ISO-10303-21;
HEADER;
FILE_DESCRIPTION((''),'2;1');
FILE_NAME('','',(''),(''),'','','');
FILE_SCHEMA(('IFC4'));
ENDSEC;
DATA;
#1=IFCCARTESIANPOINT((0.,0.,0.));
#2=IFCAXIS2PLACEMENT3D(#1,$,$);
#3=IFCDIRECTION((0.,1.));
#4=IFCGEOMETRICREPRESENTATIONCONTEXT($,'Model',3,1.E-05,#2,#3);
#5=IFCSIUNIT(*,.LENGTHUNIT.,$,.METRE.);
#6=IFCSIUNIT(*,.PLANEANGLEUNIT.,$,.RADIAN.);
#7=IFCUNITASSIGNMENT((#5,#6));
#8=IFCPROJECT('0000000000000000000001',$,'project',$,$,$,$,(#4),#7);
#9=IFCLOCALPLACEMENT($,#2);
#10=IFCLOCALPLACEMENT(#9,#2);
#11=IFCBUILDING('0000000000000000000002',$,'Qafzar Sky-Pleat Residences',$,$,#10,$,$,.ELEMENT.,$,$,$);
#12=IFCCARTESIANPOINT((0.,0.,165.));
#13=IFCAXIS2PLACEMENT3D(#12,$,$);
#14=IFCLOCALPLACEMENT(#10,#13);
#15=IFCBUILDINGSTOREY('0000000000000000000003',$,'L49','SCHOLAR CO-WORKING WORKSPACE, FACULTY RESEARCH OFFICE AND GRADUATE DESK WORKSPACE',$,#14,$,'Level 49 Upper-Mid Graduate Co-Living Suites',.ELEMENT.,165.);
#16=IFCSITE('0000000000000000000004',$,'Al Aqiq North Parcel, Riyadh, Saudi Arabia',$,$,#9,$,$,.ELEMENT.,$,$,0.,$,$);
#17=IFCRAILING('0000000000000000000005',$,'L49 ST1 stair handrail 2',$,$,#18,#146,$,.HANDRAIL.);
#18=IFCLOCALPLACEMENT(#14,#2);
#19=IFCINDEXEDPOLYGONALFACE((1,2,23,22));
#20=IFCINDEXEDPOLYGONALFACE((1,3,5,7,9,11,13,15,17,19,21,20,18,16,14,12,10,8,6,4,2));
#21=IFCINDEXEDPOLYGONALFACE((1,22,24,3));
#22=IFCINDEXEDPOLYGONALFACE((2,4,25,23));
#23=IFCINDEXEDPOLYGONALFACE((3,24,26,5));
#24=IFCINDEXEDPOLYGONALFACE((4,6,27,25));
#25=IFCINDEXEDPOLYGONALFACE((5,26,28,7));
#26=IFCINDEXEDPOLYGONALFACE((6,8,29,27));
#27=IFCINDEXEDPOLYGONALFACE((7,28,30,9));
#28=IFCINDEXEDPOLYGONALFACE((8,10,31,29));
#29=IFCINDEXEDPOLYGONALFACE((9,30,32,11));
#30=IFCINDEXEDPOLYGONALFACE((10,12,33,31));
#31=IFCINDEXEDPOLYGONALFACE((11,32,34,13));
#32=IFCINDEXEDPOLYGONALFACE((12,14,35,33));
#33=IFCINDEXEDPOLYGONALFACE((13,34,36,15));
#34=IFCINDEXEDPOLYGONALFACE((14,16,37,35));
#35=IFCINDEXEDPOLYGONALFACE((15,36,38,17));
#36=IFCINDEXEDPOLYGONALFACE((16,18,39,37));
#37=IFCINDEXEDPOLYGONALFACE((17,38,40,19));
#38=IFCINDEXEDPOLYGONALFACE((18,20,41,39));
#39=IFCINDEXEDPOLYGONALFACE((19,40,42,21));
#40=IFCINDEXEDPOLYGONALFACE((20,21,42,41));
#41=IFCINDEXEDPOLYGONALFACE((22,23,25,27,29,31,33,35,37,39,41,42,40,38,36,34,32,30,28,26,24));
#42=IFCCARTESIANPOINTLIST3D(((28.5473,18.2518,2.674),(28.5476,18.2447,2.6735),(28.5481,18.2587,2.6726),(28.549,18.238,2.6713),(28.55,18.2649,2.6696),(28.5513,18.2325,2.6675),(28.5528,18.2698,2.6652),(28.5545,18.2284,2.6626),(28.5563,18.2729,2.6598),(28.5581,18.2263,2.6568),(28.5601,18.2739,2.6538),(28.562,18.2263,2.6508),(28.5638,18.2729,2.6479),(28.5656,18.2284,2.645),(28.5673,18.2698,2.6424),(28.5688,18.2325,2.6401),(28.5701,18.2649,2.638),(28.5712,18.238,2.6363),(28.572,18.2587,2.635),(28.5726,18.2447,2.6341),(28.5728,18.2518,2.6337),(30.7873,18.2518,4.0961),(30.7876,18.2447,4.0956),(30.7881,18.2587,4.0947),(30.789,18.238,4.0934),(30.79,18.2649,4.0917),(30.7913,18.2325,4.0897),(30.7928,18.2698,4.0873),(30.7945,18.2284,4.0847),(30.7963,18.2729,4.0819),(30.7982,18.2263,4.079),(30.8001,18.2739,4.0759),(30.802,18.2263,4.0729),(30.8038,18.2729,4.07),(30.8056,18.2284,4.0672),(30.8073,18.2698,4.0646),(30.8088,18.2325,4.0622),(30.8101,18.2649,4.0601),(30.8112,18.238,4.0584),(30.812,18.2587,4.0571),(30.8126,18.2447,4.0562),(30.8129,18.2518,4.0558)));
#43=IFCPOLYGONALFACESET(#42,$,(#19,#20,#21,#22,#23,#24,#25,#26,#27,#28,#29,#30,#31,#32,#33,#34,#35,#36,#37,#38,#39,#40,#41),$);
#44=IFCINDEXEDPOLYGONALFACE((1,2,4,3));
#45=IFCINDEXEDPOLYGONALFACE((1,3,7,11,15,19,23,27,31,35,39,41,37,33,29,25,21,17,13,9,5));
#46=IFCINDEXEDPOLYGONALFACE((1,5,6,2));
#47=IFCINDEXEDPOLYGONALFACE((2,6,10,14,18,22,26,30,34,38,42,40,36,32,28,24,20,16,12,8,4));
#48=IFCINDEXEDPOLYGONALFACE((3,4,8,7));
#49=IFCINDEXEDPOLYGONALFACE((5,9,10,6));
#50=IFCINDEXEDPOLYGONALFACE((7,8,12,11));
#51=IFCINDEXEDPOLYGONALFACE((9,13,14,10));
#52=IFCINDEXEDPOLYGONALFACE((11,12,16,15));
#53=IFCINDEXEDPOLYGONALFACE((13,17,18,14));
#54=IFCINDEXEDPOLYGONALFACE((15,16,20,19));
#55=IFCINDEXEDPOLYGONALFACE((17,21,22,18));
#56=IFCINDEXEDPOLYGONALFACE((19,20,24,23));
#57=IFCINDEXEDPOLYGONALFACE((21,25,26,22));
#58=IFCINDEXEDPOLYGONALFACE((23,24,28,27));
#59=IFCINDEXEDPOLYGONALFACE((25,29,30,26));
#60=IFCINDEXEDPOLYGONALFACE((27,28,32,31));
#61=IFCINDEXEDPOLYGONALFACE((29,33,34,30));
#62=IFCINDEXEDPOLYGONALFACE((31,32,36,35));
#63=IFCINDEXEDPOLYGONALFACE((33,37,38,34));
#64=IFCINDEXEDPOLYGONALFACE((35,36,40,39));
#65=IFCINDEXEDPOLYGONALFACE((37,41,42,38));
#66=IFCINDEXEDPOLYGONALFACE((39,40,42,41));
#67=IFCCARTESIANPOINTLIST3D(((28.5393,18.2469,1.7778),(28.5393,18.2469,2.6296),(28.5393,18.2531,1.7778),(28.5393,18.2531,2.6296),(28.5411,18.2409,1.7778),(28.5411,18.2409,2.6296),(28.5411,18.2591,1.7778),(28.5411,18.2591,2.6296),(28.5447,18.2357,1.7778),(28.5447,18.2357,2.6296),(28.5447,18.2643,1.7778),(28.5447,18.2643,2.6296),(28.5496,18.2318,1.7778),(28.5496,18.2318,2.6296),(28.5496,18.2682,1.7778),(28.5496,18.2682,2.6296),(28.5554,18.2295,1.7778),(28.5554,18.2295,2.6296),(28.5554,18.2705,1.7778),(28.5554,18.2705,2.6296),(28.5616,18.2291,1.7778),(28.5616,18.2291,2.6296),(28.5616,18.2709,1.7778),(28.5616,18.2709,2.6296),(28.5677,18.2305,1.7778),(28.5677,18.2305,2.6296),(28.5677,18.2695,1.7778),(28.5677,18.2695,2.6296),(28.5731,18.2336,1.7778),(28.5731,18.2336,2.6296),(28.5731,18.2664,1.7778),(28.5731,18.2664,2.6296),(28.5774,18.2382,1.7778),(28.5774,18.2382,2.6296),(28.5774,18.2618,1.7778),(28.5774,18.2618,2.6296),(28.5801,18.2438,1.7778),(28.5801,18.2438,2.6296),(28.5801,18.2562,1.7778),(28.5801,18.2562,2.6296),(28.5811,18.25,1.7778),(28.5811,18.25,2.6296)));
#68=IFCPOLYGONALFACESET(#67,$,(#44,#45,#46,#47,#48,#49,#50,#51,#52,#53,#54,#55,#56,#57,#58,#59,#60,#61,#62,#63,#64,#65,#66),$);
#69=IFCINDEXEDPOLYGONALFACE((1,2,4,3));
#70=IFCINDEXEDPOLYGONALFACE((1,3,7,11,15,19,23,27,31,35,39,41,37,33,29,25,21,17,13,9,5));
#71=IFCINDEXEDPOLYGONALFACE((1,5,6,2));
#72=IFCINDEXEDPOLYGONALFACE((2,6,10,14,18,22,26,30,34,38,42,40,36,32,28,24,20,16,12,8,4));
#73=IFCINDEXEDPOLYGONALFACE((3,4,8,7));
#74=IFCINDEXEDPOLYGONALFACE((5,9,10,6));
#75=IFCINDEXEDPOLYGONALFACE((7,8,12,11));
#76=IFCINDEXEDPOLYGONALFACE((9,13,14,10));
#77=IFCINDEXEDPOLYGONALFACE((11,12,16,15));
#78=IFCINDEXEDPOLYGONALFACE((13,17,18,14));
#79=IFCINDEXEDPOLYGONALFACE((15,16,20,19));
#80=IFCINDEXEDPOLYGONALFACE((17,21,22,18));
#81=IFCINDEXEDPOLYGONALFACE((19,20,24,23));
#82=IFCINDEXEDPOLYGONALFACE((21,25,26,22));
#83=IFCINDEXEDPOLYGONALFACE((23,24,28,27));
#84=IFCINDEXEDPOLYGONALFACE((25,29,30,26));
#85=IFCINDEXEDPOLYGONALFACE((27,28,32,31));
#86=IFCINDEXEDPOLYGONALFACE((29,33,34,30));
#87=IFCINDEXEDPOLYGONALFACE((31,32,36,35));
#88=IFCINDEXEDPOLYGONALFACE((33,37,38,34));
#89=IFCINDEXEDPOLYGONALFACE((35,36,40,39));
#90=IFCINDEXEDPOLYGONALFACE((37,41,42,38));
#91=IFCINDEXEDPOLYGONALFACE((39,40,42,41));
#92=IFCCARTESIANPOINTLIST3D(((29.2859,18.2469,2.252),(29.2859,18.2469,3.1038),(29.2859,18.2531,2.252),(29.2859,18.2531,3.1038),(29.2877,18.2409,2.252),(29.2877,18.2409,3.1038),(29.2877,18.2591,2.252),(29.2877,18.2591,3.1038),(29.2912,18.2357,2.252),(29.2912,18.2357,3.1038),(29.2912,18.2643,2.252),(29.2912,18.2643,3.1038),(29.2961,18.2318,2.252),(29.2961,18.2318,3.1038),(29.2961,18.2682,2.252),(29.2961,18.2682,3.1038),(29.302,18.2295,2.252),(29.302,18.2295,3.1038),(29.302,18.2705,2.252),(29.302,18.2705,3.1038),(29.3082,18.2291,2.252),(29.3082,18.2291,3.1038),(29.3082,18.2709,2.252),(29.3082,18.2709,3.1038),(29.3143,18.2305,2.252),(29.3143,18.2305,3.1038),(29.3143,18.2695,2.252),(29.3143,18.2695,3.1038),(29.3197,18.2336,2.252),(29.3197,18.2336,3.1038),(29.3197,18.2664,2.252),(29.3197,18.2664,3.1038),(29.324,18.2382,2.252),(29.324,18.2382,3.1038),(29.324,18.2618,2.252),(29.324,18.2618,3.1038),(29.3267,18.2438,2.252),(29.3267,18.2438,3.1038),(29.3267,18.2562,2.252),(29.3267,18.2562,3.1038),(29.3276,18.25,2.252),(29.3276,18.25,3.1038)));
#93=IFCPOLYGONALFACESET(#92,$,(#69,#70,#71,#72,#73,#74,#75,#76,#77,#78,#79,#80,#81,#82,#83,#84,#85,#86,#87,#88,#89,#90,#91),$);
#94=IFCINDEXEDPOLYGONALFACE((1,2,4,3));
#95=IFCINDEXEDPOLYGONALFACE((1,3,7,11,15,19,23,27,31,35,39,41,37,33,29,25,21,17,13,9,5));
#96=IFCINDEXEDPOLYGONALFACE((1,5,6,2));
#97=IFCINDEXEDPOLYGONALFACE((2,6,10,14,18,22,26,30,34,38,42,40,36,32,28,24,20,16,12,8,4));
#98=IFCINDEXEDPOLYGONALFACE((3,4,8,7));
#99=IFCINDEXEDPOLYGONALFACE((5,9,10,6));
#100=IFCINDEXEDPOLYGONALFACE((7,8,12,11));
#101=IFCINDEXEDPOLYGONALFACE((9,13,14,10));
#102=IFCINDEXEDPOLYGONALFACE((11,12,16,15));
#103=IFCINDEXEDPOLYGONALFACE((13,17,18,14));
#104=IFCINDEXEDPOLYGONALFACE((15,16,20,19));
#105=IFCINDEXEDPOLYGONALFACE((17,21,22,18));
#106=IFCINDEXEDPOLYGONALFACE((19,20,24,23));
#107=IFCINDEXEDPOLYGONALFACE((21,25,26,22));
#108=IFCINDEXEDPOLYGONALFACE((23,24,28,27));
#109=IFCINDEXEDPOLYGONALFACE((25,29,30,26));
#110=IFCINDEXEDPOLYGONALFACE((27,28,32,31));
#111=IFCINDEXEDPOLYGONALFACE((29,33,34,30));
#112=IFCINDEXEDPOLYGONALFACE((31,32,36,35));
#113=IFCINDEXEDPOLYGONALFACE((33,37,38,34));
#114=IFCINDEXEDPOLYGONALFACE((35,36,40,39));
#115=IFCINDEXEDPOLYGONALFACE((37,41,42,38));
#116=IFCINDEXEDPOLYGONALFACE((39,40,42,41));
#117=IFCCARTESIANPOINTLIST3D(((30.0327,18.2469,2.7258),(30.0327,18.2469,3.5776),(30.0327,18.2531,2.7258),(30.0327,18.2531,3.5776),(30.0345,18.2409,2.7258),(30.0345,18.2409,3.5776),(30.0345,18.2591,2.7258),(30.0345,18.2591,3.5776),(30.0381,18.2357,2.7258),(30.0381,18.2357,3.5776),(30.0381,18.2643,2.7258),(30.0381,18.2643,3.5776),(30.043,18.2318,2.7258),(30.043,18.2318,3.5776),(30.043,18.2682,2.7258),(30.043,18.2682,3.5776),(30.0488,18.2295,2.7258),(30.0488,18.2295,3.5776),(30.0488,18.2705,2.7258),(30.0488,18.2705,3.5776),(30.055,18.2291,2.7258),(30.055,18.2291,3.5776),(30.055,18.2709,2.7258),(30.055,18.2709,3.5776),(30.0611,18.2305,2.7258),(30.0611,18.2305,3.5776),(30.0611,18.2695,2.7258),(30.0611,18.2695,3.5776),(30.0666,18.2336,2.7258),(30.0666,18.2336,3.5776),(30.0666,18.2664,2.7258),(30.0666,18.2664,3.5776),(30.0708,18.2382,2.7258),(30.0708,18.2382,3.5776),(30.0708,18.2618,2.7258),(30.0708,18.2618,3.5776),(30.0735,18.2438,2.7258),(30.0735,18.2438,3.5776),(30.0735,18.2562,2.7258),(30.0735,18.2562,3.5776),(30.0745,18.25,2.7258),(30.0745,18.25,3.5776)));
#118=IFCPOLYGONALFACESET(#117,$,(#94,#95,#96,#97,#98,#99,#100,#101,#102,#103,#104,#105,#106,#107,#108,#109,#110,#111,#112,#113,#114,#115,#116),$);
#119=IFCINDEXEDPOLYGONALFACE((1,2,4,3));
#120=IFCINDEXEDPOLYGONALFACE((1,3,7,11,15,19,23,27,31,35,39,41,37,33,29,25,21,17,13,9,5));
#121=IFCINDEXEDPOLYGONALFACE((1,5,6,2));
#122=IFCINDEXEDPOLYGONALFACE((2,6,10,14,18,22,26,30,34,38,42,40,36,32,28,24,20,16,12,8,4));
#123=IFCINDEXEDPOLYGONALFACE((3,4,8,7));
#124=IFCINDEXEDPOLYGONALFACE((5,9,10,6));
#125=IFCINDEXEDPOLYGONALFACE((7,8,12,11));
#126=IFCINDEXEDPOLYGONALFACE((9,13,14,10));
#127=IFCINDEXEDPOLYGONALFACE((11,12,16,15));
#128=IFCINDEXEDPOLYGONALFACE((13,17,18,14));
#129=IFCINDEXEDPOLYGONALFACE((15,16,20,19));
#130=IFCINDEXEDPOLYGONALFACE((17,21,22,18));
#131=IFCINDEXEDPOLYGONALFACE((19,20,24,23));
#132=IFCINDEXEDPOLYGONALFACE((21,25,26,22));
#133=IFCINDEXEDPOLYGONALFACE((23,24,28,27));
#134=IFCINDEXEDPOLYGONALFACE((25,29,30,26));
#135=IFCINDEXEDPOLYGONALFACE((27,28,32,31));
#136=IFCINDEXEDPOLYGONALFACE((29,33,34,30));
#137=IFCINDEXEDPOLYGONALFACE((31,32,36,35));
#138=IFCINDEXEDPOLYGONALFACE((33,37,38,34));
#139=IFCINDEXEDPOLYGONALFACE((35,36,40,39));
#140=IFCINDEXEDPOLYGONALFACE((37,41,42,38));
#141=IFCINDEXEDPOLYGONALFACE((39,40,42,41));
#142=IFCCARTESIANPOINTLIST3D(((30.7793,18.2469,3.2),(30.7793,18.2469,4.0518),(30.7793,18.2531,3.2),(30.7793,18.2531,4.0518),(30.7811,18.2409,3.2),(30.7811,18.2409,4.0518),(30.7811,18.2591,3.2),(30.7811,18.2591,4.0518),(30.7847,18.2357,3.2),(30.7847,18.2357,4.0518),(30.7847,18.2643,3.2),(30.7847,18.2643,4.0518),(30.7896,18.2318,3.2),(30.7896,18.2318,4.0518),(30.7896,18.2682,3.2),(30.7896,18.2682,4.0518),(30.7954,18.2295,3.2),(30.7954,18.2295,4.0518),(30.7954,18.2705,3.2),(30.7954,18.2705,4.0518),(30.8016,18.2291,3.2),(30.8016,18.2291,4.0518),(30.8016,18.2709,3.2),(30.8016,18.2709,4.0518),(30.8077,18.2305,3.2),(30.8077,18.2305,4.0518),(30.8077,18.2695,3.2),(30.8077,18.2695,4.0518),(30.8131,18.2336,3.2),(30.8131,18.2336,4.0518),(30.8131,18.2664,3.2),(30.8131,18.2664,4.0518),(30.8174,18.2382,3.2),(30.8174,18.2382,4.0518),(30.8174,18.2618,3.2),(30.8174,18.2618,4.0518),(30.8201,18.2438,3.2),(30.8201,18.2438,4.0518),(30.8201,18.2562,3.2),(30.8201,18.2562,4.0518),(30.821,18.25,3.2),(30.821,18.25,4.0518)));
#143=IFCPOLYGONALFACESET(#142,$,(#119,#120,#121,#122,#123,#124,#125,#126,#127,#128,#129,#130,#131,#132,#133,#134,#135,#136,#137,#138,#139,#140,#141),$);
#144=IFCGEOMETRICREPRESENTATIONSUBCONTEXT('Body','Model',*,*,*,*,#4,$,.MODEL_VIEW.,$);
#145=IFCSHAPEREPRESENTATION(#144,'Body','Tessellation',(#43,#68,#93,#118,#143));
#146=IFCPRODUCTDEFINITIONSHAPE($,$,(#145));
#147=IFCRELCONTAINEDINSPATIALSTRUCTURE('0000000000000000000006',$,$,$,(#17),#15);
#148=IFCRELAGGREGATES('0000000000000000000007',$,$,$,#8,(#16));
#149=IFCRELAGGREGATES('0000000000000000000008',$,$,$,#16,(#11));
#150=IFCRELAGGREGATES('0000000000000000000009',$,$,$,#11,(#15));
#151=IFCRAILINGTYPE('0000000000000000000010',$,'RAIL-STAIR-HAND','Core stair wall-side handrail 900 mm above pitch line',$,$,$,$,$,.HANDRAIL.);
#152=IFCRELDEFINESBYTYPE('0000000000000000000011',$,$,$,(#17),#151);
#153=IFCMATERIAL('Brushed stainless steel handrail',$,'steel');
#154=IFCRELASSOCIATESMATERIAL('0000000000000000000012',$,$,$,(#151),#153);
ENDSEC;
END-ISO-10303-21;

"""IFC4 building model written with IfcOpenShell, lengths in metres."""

from ifc_helpers import new_model, si_unit, direction, frame, origin, origin_2d, place, context, subcontext, project, spatial, circle, extrude, source, transform, mapped, material, type_object, element, save


model = new_model("IFC4")

# Units and contexts
model_context = context("Model", 3, precision=1e-05, world=origin(), true_north=direction((0.0, 1.0)))
body_context = subcontext(model_context, "Body", "Model", "MODEL_VIEW")
ifc_project = project(units=[si_unit("LENGTHUNIT", "METRE"), si_unit("PLANEANGLEUNIT", "RADIAN")], contexts=[model_context])

# Site, building, storey
site_placement = place(None, origin())
site = spatial("IfcSite", under=ifc_project, at=site_placement, Name="Al Aqiq North Parcel, Riyadh, Saudi Arabia", CompositionType="ELEMENT", RefElevation=0.0)
building_placement = place(site_placement, origin())
building = spatial("IfcBuilding", under=site, at=building_placement, Name="Qafzar Sky-Pleat Residences", CompositionType="ELEMENT")
storey_placement = place(building_placement, frame((0.0, 0.0, 165.0)))
storey = spatial("IfcBuildingStorey", under=building, at=storey_placement, Name="L49", Description="SCHOLAR CO-WORKING WORKSPACE, FACULTY RESEARCH OFFICE AND GRADUATE DESK WORKSPACE", LongName="Level 49 Upper-Mid Graduate Co-Living Suites", CompositionType="ELEMENT", Elevation=165.0)

# Railing
ifc_material_1 = material(Name="Brushed stainless steel handrail", Category="steel")
railing_type_1 = type_object("IfcRailingType", Name="RAIL-STAIR-HAND", Description="Core stair wall-side handrail 900 mm above pitch line", PredefinedType="HANDRAIL", material=ifc_material_1)
shared_shape_1 = source(origin(), body_context, "Body", "SweptSolid", [
    extrude(circle(Radius=0.0239, at=origin_2d()), frame((0.0, 0.0, 0.876), z_axis=(0.844229, 0.0, 0.535982), x_axis=(0.0, 1.0, 0.0)), (0.0, 0.0, 1.0), 2.6533),
    extrude(circle(Radius=0.021, at=origin_2d()), origin(), (0.0, 0.0, 1.0), 0.8518),
    extrude(circle(Radius=0.021, at=origin_2d()), frame((0.7466, 0.0, 0.4741)), (0.0, 0.0, 1.0), 0.8518),
    extrude(circle(Radius=0.021, at=origin_2d()), frame((1.4934, 0.0, 0.948)), (0.0, 0.0, 1.0), 0.8518),
    extrude(circle(Radius=0.021, at=origin_2d()), frame((2.24, 0.0, 1.4221)), (0.0, 0.0, 1.0), 0.8518),
])
railing_1_placement = place(storey_placement, frame((28.5601, 18.25, 1.7778)))
element("IfcRailing", 1, at=railing_1_placement, inside=storey, type_object=railing_type_1, Name="L49 ST1 stair handrail 2", PredefinedType="HANDRAIL", context=body_context, shape_type="MappedRepresentation", body=[
    mapped(shared_shape_1, transform((0.0, 0.0, 0.0), x_axis=(1.0, 0.0, 0.0), y_axis=(0.0, 1.0, 0.0), z_axis=(0.0, 0.0, 1.0), scale=1.0)),
])

save(model, "model.ifc")
